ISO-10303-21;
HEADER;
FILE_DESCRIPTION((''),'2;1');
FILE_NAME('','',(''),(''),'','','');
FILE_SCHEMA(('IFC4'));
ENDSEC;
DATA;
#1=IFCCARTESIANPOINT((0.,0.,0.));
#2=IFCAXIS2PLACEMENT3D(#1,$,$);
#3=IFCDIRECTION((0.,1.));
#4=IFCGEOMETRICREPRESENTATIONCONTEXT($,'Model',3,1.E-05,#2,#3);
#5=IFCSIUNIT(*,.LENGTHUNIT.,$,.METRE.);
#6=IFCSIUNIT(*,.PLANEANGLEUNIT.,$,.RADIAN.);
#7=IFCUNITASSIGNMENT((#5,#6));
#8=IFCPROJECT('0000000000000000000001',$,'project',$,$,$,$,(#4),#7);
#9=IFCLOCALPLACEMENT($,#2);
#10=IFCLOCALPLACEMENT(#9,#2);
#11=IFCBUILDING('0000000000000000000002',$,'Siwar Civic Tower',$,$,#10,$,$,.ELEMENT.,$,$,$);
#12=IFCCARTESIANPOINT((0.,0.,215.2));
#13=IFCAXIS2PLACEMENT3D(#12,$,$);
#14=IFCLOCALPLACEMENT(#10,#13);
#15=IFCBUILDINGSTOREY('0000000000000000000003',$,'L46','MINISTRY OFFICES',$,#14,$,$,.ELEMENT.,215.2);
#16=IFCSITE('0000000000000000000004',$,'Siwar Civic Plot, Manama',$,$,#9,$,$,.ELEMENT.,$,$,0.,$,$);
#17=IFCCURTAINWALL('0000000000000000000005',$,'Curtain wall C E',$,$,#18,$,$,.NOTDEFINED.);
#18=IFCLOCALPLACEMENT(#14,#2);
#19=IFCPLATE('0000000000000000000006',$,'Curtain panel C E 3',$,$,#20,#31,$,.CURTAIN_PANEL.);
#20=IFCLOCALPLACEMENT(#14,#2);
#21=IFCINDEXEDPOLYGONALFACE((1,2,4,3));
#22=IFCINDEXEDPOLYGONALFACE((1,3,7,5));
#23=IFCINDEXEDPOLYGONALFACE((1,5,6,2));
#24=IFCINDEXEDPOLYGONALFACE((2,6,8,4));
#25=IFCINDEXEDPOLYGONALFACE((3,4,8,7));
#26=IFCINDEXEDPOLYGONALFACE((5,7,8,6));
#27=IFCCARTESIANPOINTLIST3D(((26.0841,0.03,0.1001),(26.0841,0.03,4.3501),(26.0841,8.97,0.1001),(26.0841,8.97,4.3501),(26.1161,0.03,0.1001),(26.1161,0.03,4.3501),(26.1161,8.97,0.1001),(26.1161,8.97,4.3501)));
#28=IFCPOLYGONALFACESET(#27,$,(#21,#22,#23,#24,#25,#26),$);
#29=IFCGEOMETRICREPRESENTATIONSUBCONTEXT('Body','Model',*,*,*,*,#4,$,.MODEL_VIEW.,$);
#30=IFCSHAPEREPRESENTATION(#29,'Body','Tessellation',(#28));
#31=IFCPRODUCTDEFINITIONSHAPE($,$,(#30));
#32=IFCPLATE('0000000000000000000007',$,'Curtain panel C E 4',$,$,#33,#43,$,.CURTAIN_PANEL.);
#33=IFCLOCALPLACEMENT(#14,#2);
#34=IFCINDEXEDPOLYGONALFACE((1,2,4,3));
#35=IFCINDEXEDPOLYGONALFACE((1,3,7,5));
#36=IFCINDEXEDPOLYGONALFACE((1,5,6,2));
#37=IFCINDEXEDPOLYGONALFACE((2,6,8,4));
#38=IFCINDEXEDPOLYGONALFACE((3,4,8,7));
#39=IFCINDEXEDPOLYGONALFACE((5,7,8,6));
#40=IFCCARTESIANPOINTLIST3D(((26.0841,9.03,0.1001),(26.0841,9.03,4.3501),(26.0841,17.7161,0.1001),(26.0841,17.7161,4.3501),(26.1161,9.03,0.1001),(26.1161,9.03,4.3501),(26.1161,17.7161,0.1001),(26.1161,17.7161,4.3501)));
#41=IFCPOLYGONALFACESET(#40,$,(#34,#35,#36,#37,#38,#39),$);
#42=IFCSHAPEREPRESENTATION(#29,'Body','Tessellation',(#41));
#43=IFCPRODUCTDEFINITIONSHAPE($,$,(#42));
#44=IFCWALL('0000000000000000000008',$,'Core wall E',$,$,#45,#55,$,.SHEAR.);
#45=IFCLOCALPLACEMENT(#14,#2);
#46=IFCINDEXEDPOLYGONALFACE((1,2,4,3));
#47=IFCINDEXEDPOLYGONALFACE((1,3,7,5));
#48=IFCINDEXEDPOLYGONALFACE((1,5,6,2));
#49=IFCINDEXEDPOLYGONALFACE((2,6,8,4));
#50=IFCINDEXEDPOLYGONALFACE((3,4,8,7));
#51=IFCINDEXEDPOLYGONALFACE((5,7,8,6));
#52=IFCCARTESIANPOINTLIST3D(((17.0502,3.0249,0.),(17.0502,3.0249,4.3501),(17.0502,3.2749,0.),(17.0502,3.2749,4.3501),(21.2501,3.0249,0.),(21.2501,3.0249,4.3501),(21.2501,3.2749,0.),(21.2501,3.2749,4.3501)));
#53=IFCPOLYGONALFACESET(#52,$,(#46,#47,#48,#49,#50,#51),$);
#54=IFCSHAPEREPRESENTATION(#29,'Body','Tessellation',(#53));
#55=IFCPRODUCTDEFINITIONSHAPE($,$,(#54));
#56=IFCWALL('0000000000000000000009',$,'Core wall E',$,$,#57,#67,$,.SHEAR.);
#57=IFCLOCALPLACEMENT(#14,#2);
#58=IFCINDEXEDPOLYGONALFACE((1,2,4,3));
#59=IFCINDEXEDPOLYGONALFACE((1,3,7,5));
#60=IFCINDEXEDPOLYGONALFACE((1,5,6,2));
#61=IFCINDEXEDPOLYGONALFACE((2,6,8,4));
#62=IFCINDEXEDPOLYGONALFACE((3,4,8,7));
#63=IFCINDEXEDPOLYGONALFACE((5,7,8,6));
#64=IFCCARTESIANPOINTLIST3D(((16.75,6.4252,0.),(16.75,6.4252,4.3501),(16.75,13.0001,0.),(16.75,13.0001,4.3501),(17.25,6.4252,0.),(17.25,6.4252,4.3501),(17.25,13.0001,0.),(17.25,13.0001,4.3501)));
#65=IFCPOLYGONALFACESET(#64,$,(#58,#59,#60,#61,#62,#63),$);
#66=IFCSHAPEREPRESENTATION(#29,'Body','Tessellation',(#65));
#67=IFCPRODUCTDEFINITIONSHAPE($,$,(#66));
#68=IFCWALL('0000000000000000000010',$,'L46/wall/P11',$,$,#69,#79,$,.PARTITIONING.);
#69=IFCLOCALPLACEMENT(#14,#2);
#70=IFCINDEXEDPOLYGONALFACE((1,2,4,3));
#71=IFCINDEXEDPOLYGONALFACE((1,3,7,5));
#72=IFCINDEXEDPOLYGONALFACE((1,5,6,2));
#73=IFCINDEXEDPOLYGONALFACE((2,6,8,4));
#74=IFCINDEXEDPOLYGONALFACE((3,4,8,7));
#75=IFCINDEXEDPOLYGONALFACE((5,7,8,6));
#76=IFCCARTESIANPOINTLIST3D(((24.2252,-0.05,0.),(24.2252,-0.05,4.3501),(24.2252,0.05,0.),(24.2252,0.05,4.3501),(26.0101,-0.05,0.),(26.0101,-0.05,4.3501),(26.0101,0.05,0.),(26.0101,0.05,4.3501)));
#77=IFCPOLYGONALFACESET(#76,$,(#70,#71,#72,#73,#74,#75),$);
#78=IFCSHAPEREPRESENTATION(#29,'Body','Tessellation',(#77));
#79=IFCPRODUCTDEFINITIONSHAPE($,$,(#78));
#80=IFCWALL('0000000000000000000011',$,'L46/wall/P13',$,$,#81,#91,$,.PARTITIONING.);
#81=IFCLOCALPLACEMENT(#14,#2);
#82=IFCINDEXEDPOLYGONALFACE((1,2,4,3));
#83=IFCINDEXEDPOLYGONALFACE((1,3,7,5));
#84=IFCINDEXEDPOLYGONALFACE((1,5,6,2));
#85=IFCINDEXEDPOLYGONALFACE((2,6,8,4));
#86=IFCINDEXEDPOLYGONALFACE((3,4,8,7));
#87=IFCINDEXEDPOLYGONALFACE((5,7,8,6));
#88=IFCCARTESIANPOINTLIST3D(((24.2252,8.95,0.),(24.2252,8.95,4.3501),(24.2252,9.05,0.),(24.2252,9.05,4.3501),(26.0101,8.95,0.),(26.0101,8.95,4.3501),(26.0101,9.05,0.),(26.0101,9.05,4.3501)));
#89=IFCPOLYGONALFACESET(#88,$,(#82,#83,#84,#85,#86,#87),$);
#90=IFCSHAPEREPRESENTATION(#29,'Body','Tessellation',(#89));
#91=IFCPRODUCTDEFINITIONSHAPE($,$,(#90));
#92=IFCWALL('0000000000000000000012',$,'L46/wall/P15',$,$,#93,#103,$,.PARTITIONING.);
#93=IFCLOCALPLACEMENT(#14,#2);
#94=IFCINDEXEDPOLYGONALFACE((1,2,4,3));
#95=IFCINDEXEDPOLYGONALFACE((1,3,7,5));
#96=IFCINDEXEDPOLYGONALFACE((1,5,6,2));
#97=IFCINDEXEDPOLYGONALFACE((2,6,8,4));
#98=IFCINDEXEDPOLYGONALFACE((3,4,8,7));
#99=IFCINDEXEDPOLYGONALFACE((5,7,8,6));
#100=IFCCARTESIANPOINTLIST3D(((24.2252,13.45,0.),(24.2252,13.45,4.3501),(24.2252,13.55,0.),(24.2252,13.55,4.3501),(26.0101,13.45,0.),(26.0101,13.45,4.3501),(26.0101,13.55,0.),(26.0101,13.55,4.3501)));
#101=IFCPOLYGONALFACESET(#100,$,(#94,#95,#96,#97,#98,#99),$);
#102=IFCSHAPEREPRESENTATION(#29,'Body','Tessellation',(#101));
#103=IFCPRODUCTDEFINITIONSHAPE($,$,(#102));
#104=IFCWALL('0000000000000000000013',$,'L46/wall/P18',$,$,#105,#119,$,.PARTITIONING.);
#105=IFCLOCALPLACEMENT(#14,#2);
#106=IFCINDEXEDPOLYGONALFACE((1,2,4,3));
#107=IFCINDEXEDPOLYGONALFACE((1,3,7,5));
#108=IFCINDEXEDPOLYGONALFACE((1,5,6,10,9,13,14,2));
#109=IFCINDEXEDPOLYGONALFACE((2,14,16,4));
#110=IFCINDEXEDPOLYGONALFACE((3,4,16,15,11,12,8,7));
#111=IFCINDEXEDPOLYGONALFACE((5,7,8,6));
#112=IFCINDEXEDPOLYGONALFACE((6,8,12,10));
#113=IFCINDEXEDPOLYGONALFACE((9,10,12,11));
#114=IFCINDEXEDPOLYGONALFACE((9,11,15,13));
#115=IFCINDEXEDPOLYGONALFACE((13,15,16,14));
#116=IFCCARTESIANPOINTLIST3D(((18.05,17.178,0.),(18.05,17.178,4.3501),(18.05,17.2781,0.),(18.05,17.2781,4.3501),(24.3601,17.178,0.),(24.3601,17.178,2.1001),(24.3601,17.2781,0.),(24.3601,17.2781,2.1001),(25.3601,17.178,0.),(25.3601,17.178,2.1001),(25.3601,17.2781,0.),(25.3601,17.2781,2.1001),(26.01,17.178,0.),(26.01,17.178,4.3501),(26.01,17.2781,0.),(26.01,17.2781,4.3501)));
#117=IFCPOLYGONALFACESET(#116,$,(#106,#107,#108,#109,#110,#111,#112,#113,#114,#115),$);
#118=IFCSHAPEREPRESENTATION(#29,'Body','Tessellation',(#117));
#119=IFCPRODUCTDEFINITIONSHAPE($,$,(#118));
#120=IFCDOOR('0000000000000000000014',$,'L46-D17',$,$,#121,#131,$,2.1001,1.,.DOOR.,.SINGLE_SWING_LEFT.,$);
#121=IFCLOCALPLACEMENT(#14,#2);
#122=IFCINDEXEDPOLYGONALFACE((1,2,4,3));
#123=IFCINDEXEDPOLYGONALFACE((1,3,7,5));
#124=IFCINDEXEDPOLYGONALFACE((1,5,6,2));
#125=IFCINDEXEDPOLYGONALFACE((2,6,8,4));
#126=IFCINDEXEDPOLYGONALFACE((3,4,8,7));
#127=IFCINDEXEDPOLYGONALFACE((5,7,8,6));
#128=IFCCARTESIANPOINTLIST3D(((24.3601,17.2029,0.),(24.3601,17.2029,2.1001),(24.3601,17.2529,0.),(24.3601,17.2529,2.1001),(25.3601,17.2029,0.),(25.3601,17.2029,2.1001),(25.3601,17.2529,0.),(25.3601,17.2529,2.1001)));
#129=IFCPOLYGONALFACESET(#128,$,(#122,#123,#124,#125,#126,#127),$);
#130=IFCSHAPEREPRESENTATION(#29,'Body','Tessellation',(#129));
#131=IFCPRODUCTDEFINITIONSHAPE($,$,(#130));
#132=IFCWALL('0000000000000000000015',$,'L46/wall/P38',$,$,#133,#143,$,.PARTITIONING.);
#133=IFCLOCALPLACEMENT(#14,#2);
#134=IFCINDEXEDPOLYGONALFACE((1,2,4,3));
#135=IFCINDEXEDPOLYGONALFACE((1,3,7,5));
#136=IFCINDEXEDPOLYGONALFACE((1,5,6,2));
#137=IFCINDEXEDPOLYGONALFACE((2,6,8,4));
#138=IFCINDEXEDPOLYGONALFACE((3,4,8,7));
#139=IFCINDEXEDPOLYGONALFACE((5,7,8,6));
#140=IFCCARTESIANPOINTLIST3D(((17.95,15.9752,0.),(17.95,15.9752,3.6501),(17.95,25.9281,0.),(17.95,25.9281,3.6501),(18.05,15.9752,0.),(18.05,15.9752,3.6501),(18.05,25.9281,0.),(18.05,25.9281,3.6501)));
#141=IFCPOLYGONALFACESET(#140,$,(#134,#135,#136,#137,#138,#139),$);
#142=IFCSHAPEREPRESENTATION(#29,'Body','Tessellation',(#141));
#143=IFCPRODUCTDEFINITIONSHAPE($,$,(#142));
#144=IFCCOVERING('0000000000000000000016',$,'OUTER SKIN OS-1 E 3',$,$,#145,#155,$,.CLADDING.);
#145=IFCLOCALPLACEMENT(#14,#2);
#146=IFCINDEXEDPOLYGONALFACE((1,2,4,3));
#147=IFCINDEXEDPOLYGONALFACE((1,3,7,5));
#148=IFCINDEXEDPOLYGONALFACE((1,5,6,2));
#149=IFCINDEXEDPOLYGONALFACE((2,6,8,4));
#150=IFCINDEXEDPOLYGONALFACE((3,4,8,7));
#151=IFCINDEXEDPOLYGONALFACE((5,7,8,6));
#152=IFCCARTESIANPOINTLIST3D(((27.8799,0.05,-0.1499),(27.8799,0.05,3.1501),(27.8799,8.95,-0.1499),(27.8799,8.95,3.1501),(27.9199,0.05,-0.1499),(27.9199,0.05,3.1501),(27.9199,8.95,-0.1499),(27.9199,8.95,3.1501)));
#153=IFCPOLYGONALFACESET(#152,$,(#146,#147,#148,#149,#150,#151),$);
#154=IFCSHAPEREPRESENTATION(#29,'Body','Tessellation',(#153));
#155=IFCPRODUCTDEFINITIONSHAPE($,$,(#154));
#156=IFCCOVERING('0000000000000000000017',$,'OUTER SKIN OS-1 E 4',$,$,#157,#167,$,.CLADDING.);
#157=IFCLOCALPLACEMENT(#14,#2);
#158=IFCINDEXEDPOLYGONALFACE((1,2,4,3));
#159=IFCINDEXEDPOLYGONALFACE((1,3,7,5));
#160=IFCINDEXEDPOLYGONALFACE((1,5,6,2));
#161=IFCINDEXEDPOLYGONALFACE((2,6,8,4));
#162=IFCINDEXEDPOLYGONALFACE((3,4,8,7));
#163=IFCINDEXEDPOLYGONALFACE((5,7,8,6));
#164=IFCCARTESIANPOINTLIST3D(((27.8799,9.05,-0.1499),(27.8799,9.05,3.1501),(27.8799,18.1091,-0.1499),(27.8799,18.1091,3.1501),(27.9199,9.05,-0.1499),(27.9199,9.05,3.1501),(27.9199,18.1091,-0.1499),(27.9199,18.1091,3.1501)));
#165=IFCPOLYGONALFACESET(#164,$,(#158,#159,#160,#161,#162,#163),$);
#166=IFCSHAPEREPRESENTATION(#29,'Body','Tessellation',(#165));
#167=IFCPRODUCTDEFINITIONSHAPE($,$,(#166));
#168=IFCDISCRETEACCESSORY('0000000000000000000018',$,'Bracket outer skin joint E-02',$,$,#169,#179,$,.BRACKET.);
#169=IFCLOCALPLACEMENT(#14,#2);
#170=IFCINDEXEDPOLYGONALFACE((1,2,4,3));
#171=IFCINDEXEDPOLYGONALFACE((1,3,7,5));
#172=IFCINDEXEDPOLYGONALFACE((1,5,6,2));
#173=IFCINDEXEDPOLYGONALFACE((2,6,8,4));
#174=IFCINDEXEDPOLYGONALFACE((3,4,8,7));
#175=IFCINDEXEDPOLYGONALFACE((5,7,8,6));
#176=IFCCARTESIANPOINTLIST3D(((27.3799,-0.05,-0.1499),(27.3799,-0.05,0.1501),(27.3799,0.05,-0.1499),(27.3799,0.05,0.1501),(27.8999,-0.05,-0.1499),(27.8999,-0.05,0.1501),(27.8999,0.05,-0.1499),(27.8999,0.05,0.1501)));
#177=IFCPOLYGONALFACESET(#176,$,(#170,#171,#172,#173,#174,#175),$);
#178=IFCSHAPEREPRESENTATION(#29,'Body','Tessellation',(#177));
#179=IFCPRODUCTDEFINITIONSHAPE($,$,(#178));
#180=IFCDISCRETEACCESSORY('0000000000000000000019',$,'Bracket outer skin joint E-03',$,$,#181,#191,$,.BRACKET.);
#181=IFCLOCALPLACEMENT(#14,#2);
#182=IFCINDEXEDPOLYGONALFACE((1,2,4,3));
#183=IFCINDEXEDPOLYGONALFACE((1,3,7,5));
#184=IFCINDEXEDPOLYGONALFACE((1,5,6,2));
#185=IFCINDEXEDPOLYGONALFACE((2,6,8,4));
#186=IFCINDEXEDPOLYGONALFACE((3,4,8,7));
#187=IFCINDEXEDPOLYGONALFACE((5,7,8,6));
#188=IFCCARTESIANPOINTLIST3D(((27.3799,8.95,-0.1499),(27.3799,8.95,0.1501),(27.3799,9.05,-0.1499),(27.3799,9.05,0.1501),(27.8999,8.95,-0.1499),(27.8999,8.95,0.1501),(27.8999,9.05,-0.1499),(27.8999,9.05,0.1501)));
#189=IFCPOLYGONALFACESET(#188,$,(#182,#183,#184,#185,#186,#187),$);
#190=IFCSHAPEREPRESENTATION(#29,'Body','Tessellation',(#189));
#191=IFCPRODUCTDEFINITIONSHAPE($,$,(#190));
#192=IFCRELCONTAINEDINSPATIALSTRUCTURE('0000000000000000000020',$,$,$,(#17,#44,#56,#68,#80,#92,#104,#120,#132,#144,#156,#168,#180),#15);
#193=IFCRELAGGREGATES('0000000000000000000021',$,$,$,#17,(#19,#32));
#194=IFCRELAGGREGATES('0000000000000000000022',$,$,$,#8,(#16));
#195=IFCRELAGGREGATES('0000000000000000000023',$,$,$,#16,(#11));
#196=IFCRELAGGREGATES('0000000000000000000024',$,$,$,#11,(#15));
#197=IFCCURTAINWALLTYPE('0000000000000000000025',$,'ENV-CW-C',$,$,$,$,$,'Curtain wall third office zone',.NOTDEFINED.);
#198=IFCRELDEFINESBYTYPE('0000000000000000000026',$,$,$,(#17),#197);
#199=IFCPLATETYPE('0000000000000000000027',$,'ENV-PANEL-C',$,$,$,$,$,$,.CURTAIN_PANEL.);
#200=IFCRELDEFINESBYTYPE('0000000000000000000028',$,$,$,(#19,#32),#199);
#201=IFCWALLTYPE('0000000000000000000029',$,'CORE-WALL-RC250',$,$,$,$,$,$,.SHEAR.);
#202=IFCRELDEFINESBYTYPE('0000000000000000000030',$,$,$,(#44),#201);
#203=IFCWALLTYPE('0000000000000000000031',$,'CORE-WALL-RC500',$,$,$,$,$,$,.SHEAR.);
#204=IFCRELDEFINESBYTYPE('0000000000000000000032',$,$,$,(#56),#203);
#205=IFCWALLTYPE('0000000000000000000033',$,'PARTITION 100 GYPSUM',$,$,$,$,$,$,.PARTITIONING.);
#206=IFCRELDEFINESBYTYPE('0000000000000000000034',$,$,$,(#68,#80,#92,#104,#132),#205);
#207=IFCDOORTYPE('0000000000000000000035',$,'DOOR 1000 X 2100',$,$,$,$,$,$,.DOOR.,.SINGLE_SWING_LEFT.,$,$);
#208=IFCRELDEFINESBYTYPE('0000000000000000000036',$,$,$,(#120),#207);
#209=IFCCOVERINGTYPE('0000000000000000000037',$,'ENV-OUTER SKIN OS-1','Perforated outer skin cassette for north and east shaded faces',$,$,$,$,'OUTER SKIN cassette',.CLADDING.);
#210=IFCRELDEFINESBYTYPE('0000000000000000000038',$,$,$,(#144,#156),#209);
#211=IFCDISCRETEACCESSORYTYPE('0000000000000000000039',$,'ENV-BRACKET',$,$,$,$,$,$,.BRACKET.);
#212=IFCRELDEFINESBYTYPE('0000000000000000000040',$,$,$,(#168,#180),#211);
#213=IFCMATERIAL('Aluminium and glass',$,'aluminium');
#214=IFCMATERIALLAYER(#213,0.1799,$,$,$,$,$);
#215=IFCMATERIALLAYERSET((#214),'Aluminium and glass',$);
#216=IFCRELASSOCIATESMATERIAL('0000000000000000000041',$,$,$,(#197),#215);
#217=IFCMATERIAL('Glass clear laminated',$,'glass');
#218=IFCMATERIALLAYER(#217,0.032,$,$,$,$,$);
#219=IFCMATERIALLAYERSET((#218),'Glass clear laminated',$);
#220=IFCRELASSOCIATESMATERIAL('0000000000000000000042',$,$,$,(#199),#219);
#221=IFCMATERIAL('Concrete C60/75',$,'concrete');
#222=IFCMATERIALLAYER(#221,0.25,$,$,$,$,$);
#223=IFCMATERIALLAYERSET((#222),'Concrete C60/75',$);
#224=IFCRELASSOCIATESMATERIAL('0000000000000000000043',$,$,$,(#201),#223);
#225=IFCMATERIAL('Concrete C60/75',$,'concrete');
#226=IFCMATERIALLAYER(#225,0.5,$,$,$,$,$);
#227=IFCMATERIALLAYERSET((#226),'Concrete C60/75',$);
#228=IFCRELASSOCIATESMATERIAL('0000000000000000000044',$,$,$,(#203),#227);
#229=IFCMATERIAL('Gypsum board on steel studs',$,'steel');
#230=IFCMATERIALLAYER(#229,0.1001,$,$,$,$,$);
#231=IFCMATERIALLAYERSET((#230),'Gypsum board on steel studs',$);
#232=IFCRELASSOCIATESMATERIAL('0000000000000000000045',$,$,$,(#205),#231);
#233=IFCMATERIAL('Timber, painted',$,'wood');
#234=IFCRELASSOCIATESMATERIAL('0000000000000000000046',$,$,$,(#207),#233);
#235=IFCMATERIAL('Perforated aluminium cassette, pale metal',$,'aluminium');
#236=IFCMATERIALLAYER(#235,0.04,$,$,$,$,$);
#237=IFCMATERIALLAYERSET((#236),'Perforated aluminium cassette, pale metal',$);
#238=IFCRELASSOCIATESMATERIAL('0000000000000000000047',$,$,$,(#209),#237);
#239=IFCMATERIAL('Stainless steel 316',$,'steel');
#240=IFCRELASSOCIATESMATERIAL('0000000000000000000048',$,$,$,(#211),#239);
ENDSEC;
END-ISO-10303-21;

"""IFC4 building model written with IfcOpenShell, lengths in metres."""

from ifc_helpers import new_model, si_unit, direction, frame, frame_2d, origin, origin_2d, place, context, subcontext, project, spatial, rectangle, extrude, material, layer, layer_set, type_object, element, fill, aggregate, save


model = new_model("IFC4")

# Units and contexts
model_context = context("Model", 3, precision=1e-05, world=origin(), true_north=direction((0.0, 1.0)))
body_context = subcontext(model_context, "Body", "Model", "MODEL_VIEW")
ifc_project = project(units=[si_unit("LENGTHUNIT", "METRE"), si_unit("PLANEANGLEUNIT", "RADIAN")], contexts=[model_context])

# Site, building, storey
site_placement = place(None, origin())
site = spatial("IfcSite", under=ifc_project, at=site_placement, Name="Siwar Civic Plot, Manama", CompositionType="ELEMENT", RefElevation=0.0)
building_placement = place(site_placement, origin())
building = spatial("IfcBuilding", under=site, at=building_placement, Name="Siwar Civic Tower", CompositionType="ELEMENT")
storey_placement = place(building_placement, frame((0.0, 0.0, 215.2)))
storey = spatial("IfcBuildingStorey", under=building, at=storey_placement, Name="L46", Description="MINISTRY OFFICES", CompositionType="ELEMENT", Elevation=215.2)

# Curtain wall
ifc_material_1 = material(Name="Aluminium and glass", Category="aluminium")
ifc_layer_1 = layer(ifc_material_1, 0.1799)
ifc_layer_set_1 = layer_set([ifc_layer_1], Name="Aluminium and glass")
curtain_wall_type = type_object("IfcCurtainWallType", Name="ENV-CW-C", ElementType="Curtain wall third office zone", PredefinedType="NOTDEFINED", material=ifc_layer_set_1)
curtain_wall_placement = place(storey_placement, origin())
curtain_wall = element("IfcCurtainWall", 1, at=curtain_wall_placement, inside=storey, type_object=curtain_wall_type, Name="Curtain wall C E", PredefinedType="NOTDEFINED")

# Plates
ifc_material_2 = material(Name="Glass clear laminated", Category="glass")
ifc_layer_2 = layer(ifc_material_2, 0.032)
ifc_layer_set_2 = layer_set([ifc_layer_2], Name="Glass clear laminated")
plate_type = type_object("IfcPlateType", Name="ENV-PANEL-C", PredefinedType="CURTAIN_PANEL", material=ifc_layer_set_2)
plate_1_placement = place(storey_placement, frame((26.1001, 4.5, 0.1001), z_axis=(0.0, 0.0, 1.0), x_axis=(0.0, 1.0, 0.0)))
plate_1 = element("IfcPlate", 2, at=plate_1_placement, type_object=plate_type, Name="Curtain panel C E 3", PredefinedType="CURTAIN_PANEL", context=body_context, shape_type="SweptSolid", body=[
    extrude(rectangle(XDim=8.9399, YDim=0.032, at=origin_2d()), origin(), (0.0, 0.0, 1.0), 4.25),
])
plate_2_placement = place(storey_placement, frame((26.1001, 13.373, 0.1001), z_axis=(0.0, 0.0, 1.0), x_axis=(0.0, 1.0, 0.0)))
plate_2 = element("IfcPlate", 3, at=plate_2_placement, type_object=plate_type, Name="Curtain panel C E 4", PredefinedType="CURTAIN_PANEL", context=body_context, shape_type="SweptSolid", body=[
    extrude(rectangle(XDim=8.686, YDim=0.032, at=origin_2d()), origin(), (0.0, 0.0, 1.0), 4.25),
])
aggregate(curtain_wall, [plate_1, plate_2])

# Walls
ifc_material_3 = material(Name="Concrete C60/75", Category="concrete")
ifc_layer_3 = layer(ifc_material_3, 0.25)
ifc_layer_set_3 = layer_set([ifc_layer_3], Name="Concrete C60/75")
wall_type_1 = type_object("IfcWallType", Name="CORE-WALL-RC250", PredefinedType="SHEAR", material=ifc_layer_set_3)
wall_1_placement = place(storey_placement, frame((17.05, 3.1499, 0.0), z_axis=(0.0, 0.0, 1.0), x_axis=(1.0, 0.0, 0.0)))
element("IfcWall", 4, at=wall_1_placement, inside=storey, type_object=wall_type_1, Name="Core wall E", PredefinedType="SHEAR", context=body_context, shape_type="SweptSolid", body=[
    extrude(rectangle(XDim=4.2, YDim=0.25, at=frame_2d((2.1001, 0.0))), origin(), (0.0, 0.0, 1.0), 4.3501),
])
ifc_material_4 = material(Name="Concrete C60/75", Category="concrete")
ifc_layer_4 = layer(ifc_material_4, 0.5)
ifc_layer_set_4 = layer_set([ifc_layer_4], Name="Concrete C60/75")
wall_type_2 = type_object("IfcWallType", Name="CORE-WALL-RC500", PredefinedType="SHEAR", material=ifc_layer_set_4)
wall_2_placement = place(storey_placement, frame((17.0, 6.425, 0.0), z_axis=(0.0, 0.0, 1.0), x_axis=(0.0, 1.0, 0.0)))
element("IfcWall", 5, at=wall_2_placement, inside=storey, type_object=wall_type_2, Name="Core wall E", PredefinedType="SHEAR", context=body_context, shape_type="SweptSolid", body=[
    extrude(rectangle(XDim=6.575, YDim=0.5, at=frame_2d((3.2876, 0.0))), origin(), (0.0, 0.0, 1.0), 4.3501),
])
ifc_material_5 = material(Name="Gypsum board on steel studs", Category="steel")
ifc_layer_5 = layer(ifc_material_5, 0.1001)
ifc_layer_set_5 = layer_set([ifc_layer_5], Name="Gypsum board on steel studs")
wall_type_3 = type_object("IfcWallType", Name="PARTITION 100 GYPSUM", PredefinedType="PARTITIONING", material=ifc_layer_set_5)
for number, where, z_axis, x_axis, name in (
    (6, (24.2251, 0.0, 0.0), (0.0, 0.0, 1.0), (1.0, 0.0, 0.0), "L46/wall/P11"),
    (7, (24.2251, 9.0, 0.0), (0.0, 0.0, 1.0), (1.0, 0.0, 0.0), "L46/wall/P13"),
    (8, (24.2251, 13.5, 0.0), (0.0, 0.0, 1.0), (1.0, 0.0, 0.0), "L46/wall/P15"),
):
    element("IfcWall", number, at=place(storey_placement, frame(where, z_axis=z_axis, x_axis=x_axis)), inside=storey, type_object=wall_type_3, Name=name, PredefinedType="PARTITIONING", context=body_context, shape_type="SweptSolid", body=[
        extrude(rectangle(XDim=1.7849, YDim=0.1001, at=frame_2d((0.8926, 0.0))), origin(), (0.0, 0.0, 1.0), 4.3501),
    ])

# Wall, opening, door
wall_3_placement = place(storey_placement, frame((18.05, 17.228, 0.0), z_axis=(0.0, 0.0, 1.0), x_axis=(1.0, 0.0, 0.0)))
wall_3 = element("IfcWall", 9, at=wall_3_placement, inside=storey, type_object=wall_type_3, Name="L46/wall/P18", PredefinedType="PARTITIONING", context=body_context, shape_type="SweptSolid", body=[
    extrude(rectangle(XDim=7.96, YDim=0.1001, at=frame_2d((3.98, 0.0))), origin(), (0.0, 0.0, 1.0), 4.3501),
])
opening_placement = place(wall_3_placement, frame((6.3101, 0.0, 0.0)))
opening = element("IfcOpeningElement", 10, at=opening_placement, cuts=wall_3, PredefinedType="OPENING", context=body_context, shape_type="SweptSolid", body=[
    extrude(rectangle(XDim=1.0, YDim=2.1001, at=frame_2d((0.5, 1.05))), frame((0.0, 0.0601, 0.0), z_axis=(0.0, -1.0, 0.0), x_axis=(1.0, 0.0, 0.0)), (0.0, 0.0, 1.0), 0.1201),
])
ifc_material_6 = material(Name="Timber, painted", Category="wood")
door_type = type_object("IfcDoorType", Name="DOOR 1000 X 2100", OperationType="SINGLE_SWING_LEFT", PredefinedType="DOOR", material=ifc_material_6)
door_placement = place(opening_placement, origin())
door = element("IfcDoor", 11, at=door_placement, inside=storey, type_object=door_type, Name="L46-D17", OperationType="SINGLE_SWING_LEFT", OverallHeight=2.1001, OverallWidth=1.0, PredefinedType="DOOR", context=body_context, shape_type="SweptSolid", body=[
    extrude(rectangle(XDim=1.0, YDim=2.1001, at=frame_2d((0.5, 1.05))), frame((0.0, 0.0249, 0.0), z_axis=(0.0, -1.0, 0.0), x_axis=(1.0, 0.0, 0.0)), (0.0, 0.0, 1.0), 0.05),
])
fill(opening, door)

# Wall
wall_4_placement = place(storey_placement, frame((18.0, 15.9751, 0.0), z_axis=(0.0, 0.0, 1.0), x_axis=(0.0, 1.0, 0.0)))
element("IfcWall", 12, at=wall_4_placement, inside=storey, type_object=wall_type_3, Name="L46/wall/P38", PredefinedType="PARTITIONING", context=body_context, shape_type="SweptSolid", body=[
    extrude(rectangle(XDim=9.9529, YDim=0.1001, at=frame_2d((4.9766, 0.0))), origin(), (0.0, 0.0, 1.0), 3.6501),
])

# Coverings
ifc_material_7 = material(Name="Perforated aluminium cassette, pale metal", Category="aluminium")
ifc_layer_6 = layer(ifc_material_7, 0.04)
ifc_layer_set_6 = layer_set([ifc_layer_6], Name="Perforated aluminium cassette, pale metal")
covering_type = type_object("IfcCoveringType", Name="ENV-OUTER SKIN OS-1", Description="Perforated outer skin cassette for north and east shaded faces", ElementType="OUTER SKIN cassette", PredefinedType="CLADDING", material=ifc_layer_set_6)
covering_1_placement = place(storey_placement, frame((27.8999, 4.5, -0.1499), z_axis=(0.0, 0.0, 1.0), x_axis=(0.0, 1.0, 0.0)))
element("IfcCovering", 13, at=covering_1_placement, inside=storey, type_object=covering_type, Name="OUTER SKIN OS-1 E 3", PredefinedType="CLADDING", context=body_context, shape_type="SweptSolid", body=[
    extrude(rectangle(XDim=8.8999, YDim=0.04, at=origin_2d()), origin(), (0.0, 0.0, 1.0), 3.3),
])
covering_2_placement = place(storey_placement, frame((27.8999, 13.5796, -0.1499), z_axis=(0.0, 0.0, 1.0), x_axis=(0.0, 1.0, 0.0)))
element("IfcCovering", 14, at=covering_2_placement, inside=storey, type_object=covering_type, Name="OUTER SKIN OS-1 E 4", PredefinedType="CLADDING", context=body_context, shape_type="SweptSolid", body=[
    extrude(rectangle(XDim=9.0591, YDim=0.04, at=origin_2d()), origin(), (0.0, 0.0, 1.0), 3.3),
])

# Discrete accessories
ifc_material_8 = material(Name="Stainless steel 316", Category="steel")
discrete_accessory_type = type_object("IfcDiscreteAccessoryType", Name="ENV-BRACKET", PredefinedType="BRACKET", material=ifc_material_8)
for number, where, z_axis, x_axis, name in (
    (15, (27.6399, 0.0, -0.1499), (0.0, 0.0, 1.0), (1.0, 0.0, 0.0), "Bracket outer skin joint E-02"),
    (16, (27.6399, 9.0, -0.1499), (0.0, 0.0, 1.0), (1.0, 0.0, 0.0), "Bracket outer skin joint E-03"),
):
    element("IfcDiscreteAccessory", number, at=place(storey_placement, frame(where, z_axis=z_axis, x_axis=x_axis)), inside=storey, type_object=discrete_accessory_type, Name=name, PredefinedType="BRACKET", context=body_context, shape_type="SweptSolid", body=[
        extrude(rectangle(XDim=0.52, YDim=0.1001, at=origin_2d()), origin(), (0.0, 0.0, 1.0), 0.3),
    ])

save(model, "model.ifc")
